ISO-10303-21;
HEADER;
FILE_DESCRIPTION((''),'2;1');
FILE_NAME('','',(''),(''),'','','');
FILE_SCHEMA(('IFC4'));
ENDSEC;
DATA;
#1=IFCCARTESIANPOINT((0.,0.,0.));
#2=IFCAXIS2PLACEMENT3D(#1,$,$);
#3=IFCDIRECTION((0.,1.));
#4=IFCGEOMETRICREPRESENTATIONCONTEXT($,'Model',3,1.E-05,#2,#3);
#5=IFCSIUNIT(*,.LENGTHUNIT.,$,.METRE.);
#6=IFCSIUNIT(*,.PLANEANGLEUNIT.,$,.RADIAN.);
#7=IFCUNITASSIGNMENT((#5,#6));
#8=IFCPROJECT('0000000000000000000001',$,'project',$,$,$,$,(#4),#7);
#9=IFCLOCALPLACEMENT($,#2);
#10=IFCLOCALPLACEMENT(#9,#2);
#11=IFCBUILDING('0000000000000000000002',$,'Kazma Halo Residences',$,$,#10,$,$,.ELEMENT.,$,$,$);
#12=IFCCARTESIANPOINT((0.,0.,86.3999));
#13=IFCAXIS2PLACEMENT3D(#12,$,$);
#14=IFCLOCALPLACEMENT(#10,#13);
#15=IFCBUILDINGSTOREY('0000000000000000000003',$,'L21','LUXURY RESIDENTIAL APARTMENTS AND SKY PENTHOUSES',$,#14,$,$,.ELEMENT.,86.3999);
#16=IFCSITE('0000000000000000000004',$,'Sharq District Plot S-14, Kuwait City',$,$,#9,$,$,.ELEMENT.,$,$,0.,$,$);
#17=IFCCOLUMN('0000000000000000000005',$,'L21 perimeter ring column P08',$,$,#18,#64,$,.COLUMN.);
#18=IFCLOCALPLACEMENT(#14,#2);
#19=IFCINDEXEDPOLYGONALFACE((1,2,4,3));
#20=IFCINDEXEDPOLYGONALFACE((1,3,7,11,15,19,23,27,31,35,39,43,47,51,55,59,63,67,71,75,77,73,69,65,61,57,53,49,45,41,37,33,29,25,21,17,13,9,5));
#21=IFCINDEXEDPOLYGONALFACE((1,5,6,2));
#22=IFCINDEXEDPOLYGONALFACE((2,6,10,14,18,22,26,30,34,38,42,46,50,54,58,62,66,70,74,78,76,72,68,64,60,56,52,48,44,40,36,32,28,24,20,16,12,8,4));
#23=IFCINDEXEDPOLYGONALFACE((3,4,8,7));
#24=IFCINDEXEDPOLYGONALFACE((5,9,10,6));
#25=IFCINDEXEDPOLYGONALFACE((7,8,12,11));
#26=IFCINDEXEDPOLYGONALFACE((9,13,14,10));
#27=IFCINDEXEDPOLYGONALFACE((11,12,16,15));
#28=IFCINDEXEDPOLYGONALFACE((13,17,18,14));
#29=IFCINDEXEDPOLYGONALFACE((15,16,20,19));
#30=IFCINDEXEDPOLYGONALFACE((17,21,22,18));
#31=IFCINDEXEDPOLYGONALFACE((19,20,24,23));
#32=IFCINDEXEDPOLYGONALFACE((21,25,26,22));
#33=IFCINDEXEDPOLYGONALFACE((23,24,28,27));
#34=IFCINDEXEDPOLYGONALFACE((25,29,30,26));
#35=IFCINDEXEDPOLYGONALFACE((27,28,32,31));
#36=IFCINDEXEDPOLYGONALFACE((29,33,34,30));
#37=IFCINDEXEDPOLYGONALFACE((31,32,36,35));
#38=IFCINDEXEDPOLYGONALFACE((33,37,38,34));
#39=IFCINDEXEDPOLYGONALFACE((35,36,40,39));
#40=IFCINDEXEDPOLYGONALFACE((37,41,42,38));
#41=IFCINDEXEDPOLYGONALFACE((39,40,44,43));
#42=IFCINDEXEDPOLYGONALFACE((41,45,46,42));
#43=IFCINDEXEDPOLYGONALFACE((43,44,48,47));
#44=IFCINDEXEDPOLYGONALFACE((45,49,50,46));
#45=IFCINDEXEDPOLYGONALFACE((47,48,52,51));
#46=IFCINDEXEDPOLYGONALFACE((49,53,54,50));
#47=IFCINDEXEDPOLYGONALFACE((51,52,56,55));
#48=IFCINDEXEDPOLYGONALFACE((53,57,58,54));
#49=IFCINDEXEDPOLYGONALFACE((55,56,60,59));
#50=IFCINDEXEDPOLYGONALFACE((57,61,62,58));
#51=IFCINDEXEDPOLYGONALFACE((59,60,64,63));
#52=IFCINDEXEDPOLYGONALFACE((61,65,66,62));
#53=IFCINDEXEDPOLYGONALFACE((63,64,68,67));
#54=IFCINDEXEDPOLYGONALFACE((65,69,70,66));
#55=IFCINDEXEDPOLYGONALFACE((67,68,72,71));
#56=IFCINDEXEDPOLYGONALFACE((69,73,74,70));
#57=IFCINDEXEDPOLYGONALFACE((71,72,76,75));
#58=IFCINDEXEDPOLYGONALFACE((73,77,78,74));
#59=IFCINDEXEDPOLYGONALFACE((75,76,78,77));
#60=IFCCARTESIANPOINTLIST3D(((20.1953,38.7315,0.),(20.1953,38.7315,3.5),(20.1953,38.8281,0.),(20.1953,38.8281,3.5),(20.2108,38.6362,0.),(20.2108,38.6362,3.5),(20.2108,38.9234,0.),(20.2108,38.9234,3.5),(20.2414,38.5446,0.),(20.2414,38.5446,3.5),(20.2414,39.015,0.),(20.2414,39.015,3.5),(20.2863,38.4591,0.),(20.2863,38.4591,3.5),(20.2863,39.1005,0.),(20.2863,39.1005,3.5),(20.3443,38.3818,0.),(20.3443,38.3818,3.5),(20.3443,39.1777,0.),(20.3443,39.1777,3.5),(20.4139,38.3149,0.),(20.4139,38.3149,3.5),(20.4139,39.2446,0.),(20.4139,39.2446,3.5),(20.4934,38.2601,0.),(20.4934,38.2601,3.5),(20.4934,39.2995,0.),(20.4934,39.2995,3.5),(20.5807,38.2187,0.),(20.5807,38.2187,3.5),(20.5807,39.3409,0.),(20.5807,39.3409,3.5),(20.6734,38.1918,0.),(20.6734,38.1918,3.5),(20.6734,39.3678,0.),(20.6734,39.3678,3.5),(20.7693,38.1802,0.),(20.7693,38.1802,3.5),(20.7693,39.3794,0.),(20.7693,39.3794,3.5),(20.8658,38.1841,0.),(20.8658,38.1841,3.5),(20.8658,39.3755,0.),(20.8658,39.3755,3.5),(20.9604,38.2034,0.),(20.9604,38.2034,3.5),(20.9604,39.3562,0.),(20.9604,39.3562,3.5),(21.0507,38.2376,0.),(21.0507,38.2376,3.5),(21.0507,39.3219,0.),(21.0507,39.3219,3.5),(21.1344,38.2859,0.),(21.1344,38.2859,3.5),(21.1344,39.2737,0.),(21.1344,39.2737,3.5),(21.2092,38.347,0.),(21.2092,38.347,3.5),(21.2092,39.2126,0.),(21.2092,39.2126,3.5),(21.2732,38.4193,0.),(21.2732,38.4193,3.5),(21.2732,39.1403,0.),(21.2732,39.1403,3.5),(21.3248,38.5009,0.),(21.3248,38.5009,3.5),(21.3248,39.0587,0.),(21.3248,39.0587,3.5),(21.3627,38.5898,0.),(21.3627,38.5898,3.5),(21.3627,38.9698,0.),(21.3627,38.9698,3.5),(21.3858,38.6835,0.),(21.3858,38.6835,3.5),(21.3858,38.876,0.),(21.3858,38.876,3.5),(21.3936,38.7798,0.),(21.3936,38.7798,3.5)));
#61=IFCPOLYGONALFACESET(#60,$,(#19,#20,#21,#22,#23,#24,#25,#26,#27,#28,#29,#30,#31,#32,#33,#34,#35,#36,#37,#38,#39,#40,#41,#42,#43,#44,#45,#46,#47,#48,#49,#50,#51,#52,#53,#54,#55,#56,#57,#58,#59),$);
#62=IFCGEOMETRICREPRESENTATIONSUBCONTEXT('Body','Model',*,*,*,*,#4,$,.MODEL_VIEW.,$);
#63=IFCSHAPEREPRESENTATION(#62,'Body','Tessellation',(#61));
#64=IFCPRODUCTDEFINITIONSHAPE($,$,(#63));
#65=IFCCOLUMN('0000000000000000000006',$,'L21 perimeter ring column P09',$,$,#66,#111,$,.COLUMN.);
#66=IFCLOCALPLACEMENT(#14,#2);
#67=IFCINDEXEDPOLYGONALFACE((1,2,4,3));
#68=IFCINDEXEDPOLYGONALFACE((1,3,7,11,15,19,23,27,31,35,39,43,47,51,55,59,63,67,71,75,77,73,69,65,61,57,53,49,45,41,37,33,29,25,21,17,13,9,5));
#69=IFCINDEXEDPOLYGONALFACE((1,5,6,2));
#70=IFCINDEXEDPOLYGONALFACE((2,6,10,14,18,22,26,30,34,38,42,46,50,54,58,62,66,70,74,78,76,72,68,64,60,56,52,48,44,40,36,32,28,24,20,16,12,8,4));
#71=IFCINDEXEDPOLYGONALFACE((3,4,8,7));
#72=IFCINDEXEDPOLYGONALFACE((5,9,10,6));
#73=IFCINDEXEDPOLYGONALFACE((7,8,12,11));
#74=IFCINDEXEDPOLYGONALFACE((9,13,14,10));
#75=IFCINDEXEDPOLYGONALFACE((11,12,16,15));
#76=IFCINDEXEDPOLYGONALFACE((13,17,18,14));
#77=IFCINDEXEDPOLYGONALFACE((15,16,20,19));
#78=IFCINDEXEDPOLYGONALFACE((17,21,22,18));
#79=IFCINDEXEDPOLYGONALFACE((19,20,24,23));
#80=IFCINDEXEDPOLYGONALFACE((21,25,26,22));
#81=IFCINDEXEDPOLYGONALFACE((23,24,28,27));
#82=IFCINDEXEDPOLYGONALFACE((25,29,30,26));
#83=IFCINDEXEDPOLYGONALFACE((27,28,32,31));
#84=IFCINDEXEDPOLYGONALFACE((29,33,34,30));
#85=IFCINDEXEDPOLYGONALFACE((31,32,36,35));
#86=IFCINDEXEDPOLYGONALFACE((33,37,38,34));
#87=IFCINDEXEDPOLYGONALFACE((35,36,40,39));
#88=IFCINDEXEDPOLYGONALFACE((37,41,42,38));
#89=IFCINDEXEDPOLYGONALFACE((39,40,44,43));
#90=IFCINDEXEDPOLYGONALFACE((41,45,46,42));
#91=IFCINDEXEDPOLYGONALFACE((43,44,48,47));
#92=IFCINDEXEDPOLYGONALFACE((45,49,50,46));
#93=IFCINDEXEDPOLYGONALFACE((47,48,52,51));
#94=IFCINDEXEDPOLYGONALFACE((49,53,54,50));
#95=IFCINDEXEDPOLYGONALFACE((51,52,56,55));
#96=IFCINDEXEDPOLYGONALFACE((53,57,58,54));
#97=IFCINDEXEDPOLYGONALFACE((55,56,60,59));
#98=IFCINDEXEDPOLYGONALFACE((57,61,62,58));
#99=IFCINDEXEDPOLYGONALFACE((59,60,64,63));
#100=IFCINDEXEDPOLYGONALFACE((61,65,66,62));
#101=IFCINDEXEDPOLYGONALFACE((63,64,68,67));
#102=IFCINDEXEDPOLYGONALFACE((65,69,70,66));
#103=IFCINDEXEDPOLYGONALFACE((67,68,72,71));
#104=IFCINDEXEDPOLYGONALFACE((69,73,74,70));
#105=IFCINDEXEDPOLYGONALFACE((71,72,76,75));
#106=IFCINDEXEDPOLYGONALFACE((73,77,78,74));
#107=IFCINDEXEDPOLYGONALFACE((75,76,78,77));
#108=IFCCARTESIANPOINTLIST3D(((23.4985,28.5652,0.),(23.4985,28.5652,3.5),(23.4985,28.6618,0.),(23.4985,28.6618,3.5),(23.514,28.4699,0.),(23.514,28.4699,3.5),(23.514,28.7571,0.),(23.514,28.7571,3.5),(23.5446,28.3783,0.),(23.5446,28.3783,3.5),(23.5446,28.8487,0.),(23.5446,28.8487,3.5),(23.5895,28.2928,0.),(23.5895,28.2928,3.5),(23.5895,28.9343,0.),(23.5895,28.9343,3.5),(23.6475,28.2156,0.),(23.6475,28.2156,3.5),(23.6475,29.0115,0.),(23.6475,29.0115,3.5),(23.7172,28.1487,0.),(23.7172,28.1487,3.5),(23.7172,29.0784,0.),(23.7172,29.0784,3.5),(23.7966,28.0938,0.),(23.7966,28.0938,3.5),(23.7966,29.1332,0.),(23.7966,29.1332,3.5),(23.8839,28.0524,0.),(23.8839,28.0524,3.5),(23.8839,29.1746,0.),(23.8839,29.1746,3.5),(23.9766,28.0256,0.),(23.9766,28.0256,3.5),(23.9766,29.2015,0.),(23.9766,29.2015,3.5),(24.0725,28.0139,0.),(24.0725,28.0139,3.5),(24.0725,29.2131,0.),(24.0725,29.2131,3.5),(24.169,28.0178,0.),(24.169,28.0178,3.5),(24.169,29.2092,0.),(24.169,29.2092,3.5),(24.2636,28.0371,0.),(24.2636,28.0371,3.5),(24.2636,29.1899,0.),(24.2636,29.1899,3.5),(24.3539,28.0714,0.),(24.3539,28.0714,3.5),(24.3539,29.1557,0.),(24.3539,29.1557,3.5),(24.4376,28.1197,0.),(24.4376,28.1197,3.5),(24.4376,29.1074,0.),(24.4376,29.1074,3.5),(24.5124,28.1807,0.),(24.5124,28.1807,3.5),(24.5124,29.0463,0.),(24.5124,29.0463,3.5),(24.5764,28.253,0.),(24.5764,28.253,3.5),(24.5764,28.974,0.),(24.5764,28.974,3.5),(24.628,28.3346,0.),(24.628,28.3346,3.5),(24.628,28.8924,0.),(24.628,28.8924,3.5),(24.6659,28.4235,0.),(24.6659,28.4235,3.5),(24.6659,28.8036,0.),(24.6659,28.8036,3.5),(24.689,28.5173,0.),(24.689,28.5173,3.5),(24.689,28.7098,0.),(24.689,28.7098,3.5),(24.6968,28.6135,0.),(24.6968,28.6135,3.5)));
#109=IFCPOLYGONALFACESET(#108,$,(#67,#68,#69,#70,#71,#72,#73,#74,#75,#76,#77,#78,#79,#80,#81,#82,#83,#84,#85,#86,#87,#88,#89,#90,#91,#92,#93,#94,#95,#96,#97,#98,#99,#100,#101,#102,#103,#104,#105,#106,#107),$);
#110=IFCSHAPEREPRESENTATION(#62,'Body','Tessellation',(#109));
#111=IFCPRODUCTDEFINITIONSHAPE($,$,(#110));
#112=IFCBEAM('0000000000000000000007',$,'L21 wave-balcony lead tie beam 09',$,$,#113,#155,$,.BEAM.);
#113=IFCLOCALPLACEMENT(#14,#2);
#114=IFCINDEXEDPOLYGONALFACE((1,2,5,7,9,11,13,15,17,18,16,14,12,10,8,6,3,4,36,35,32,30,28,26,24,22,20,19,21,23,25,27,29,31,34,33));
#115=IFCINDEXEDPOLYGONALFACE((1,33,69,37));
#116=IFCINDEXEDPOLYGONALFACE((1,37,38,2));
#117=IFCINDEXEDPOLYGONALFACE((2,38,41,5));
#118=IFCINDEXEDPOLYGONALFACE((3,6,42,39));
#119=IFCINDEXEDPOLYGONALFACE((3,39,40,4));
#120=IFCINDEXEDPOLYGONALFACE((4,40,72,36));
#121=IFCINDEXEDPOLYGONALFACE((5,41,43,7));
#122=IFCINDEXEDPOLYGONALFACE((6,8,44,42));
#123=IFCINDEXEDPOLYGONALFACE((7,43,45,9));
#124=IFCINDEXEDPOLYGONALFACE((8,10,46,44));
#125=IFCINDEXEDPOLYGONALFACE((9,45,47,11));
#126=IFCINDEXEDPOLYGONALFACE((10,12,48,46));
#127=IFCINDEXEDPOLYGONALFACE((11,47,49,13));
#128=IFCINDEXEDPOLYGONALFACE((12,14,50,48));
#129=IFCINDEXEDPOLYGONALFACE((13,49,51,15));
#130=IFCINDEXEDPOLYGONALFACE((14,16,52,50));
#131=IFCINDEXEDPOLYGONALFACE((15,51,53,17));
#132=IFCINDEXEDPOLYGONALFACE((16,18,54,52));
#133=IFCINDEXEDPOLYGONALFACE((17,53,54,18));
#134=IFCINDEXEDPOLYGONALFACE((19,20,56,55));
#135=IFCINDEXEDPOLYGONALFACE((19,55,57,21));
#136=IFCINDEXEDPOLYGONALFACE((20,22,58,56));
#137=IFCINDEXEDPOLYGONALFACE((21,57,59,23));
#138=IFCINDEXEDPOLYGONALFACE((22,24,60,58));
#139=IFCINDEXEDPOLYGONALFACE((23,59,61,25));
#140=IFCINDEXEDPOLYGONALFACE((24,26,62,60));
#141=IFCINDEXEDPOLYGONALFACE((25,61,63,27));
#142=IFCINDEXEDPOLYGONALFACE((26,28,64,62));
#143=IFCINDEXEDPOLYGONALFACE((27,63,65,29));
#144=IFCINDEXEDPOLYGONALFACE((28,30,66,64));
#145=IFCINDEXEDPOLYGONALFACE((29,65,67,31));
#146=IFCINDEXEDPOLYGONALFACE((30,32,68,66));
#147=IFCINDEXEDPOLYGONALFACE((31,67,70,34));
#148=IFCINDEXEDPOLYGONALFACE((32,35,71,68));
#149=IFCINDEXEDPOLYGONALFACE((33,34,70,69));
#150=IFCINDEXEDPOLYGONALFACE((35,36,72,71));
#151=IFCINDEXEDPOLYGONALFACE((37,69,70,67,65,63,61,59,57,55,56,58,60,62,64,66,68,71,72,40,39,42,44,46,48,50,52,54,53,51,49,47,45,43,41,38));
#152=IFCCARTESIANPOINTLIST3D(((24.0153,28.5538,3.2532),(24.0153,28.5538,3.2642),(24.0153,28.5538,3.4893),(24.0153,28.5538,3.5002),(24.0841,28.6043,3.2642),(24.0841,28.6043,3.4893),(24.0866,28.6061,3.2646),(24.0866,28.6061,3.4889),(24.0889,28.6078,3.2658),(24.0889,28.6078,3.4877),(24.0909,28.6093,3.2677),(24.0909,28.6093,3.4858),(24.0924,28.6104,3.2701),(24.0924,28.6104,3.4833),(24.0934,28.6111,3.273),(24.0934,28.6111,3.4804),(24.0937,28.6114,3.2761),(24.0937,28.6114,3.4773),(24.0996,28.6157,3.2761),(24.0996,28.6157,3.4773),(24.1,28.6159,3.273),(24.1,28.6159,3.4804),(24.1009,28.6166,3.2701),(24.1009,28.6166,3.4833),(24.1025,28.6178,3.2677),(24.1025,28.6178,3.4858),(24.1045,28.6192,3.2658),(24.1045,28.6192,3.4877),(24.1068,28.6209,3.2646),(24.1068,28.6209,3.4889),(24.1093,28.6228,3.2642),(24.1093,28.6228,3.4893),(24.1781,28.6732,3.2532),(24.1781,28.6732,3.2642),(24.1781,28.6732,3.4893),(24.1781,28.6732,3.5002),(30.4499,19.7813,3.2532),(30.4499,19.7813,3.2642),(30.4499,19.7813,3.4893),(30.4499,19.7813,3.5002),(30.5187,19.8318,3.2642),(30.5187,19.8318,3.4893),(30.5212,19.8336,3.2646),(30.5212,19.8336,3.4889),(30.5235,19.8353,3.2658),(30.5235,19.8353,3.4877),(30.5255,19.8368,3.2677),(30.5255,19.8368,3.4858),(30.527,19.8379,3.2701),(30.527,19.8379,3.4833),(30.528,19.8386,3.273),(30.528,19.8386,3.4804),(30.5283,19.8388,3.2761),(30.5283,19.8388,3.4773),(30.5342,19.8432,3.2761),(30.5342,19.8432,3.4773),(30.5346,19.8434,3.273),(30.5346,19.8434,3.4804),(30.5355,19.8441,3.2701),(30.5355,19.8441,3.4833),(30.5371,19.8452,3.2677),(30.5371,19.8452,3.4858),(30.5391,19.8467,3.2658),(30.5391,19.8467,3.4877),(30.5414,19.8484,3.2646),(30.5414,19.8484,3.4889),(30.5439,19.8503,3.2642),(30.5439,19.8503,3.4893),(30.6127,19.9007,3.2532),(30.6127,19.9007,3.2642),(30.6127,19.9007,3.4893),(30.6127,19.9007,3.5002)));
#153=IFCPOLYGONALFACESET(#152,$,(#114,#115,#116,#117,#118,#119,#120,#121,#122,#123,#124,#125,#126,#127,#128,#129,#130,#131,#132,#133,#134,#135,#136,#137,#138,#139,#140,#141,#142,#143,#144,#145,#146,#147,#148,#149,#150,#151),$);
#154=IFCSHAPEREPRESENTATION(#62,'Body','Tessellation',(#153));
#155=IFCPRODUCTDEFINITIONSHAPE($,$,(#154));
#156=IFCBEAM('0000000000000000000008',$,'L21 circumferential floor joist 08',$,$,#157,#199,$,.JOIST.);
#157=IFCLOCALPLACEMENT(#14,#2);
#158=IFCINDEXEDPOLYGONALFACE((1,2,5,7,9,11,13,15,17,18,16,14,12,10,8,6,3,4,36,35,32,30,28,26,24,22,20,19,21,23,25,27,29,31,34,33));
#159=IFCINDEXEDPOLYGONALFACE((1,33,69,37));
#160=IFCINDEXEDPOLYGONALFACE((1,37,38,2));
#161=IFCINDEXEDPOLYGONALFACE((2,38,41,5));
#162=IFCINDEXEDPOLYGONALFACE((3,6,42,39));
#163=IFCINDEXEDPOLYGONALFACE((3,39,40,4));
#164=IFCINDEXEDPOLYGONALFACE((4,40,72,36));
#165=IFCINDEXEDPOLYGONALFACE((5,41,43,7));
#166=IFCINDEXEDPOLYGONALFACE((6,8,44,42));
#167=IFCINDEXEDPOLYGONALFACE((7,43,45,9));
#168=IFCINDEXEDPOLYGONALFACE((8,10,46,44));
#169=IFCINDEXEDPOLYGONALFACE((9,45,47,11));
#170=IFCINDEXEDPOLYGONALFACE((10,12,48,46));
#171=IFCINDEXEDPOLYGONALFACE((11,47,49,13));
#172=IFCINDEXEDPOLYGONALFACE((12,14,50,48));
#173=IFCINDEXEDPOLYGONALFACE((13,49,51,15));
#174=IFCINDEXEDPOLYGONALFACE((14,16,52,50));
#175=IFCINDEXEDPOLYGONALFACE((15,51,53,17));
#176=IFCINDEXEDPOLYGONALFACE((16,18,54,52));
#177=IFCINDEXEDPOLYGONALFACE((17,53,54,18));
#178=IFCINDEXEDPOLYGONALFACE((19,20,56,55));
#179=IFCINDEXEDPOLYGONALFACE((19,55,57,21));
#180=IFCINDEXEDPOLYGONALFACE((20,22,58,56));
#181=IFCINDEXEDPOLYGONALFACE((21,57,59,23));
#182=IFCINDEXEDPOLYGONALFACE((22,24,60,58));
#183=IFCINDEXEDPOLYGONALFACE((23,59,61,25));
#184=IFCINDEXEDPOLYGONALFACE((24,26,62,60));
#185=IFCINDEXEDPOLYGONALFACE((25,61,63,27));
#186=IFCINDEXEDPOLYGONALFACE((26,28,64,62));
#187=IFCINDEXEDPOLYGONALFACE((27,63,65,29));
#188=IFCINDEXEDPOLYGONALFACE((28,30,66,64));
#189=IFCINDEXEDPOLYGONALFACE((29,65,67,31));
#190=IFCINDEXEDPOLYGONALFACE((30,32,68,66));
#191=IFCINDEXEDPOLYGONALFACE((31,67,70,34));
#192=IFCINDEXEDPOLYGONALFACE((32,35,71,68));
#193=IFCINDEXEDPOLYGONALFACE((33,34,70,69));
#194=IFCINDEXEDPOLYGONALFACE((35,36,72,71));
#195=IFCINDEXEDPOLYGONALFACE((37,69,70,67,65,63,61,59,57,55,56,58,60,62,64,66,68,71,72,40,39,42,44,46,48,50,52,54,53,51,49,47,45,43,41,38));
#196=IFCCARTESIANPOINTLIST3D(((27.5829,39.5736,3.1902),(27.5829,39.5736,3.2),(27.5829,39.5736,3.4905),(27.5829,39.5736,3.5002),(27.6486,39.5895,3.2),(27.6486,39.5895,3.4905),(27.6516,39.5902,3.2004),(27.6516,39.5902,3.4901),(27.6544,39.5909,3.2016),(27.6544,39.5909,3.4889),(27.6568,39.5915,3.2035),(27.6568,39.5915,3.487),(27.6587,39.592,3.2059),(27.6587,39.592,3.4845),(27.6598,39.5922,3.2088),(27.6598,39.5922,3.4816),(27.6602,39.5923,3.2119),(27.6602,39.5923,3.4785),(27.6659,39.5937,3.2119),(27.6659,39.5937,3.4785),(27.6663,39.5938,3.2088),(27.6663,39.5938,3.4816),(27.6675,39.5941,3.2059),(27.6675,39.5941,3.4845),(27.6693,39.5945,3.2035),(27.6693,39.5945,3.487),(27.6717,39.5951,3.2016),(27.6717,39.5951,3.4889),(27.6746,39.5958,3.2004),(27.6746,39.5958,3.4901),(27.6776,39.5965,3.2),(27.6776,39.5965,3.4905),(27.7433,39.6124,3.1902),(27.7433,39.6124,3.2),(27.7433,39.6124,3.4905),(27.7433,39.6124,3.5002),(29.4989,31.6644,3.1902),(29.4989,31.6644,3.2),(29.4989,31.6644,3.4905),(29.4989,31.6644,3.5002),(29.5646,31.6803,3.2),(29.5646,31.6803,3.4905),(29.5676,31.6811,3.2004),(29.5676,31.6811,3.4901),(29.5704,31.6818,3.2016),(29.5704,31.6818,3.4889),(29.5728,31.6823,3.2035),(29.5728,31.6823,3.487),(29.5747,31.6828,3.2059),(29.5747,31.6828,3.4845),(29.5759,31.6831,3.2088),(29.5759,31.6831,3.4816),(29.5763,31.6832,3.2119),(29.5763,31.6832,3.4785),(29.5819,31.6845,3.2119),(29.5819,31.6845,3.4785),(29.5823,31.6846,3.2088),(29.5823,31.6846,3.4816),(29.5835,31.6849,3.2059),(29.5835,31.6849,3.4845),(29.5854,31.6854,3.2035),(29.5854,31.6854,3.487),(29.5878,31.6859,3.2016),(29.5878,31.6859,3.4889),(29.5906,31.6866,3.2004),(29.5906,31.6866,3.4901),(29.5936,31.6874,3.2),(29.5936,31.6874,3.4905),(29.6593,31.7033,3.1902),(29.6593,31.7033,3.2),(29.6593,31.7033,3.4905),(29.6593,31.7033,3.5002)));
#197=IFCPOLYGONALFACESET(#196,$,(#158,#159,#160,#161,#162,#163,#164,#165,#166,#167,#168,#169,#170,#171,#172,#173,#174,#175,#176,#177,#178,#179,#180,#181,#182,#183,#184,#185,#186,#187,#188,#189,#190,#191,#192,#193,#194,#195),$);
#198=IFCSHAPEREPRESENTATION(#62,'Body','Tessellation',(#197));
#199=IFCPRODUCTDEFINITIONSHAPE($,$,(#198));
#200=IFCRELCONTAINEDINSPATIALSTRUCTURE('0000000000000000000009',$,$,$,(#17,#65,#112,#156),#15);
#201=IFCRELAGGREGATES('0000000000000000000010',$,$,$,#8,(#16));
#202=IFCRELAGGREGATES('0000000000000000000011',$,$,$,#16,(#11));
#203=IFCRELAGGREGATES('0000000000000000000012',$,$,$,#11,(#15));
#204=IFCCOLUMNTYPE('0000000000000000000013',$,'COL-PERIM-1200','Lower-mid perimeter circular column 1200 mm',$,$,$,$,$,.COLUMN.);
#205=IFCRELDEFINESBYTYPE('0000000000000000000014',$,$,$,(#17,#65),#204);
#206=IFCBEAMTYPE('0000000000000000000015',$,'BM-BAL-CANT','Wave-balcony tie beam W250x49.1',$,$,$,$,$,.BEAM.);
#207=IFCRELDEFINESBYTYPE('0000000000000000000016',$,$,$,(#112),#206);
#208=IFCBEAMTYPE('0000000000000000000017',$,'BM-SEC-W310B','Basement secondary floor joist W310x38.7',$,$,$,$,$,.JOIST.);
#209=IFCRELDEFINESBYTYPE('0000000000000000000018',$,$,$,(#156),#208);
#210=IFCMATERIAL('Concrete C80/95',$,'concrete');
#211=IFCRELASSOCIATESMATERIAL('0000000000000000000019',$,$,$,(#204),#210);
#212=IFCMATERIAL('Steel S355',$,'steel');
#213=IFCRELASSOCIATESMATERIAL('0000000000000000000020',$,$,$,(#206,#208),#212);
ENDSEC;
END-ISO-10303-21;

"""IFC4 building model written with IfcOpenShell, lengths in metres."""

from ifc_helpers import new_model, si_unit, direction, frame, origin, origin_2d, place, context, subcontext, project, spatial, circle, i_section, extrude, material, material_profile, profile_set, type_object, element, save


model = new_model("IFC4")

# Units and contexts
model_context = context("Model", 3, precision=1e-05, world=origin(), true_north=direction((0.0, 1.0)))
body_context = subcontext(model_context, "Body", "Model", "MODEL_VIEW")
ifc_project = project(units=[si_unit("LENGTHUNIT", "METRE"), si_unit("PLANEANGLEUNIT", "RADIAN")], contexts=[model_context])

# Site, building, storey
site_placement = place(None, origin())
site = spatial("IfcSite", under=ifc_project, at=site_placement, Name="Sharq District Plot S-14, Kuwait City", CompositionType="ELEMENT", RefElevation=0.0)
building_placement = place(site_placement, origin())
building = spatial("IfcBuilding", under=site, at=building_placement, Name="Kazma Halo Residences", CompositionType="ELEMENT")
storey_placement = place(building_placement, frame((0.0, 0.0, 86.3999)))
storey = spatial("IfcBuildingStorey", under=building, at=storey_placement, Name="L21", Description="LUXURY RESIDENTIAL APARTMENTS AND SKY PENTHOUSES", CompositionType="ELEMENT", Elevation=86.3999)

# Columns
ifc_material_1 = material(Name="Concrete C80/95", Category="concrete")
ifc_material_profile_1 = material_profile(ifc_material_1, circle(Radius=0.6001, at=origin_2d()), Name="CIRC1200")
ifc_profile_set_1 = profile_set([ifc_material_profile_1], Name="Concrete C80/95")
column_type = type_object("IfcColumnType", Name="COL-PERIM-1200", Description="Lower-mid perimeter circular column 1200 mm", PredefinedType="COLUMN", material=ifc_profile_set_1)
for number, where, z_axis, x_axis, name in (
    (1, (20.7935, 38.7798, 0.0), (0.0, 0.0, 1.0), (1.0, 0.0, 0.0), "L21 perimeter ring column P08"),
    (2, (24.0967, 28.6135, 0.0), (0.0, 0.0, 1.0), (1.0, 0.0, 0.0), "L21 perimeter ring column P09"),
):
    element("IfcColumn", number, at=place(storey_placement, frame(where, z_axis=z_axis, x_axis=x_axis)), inside=storey, type_object=column_type, Name=name, PredefinedType="COLUMN", context=body_context, shape_type="SweptSolid", body=[
        extrude(circle(Radius=0.6001, at=origin_2d()), origin(), (0.0, 0.0, 1.0), 3.5),
    ])

# Beams
ifc_material_2 = material(Name="Steel S355", Category="steel")
ifc_material_profile_2 = material_profile(ifc_material_2, i_section(OverallWidth=0.2019, OverallDepth=0.2471, WebThickness=0.0073, FlangeThickness=0.011, FilletRadius=0.012, at=origin_2d()), Name="W250x49.1")
ifc_profile_set_2 = profile_set([ifc_material_profile_2], Name="Steel S355")
beam_type_1 = type_object("IfcBeamType", Name="BM-BAL-CANT", Description="Wave-balcony tie beam W250x49.1", PredefinedType="BEAM", material=ifc_profile_set_2)
beam_1_placement = place(storey_placement, frame((24.0967, 28.6135, 3.3767), z_axis=(0.591449, -0.806342, 0.0), x_axis=(0.806342, 0.591449, 0.0)))
element("IfcBeam", 3, at=beam_1_placement, inside=storey, type_object=beam_type_1, Name="L21 wave-balcony lead tie beam 09", PredefinedType="BEAM", context=body_context, shape_type="SweptSolid", body=[
    extrude(i_section(OverallWidth=0.2019, OverallDepth=0.2471, WebThickness=0.0073, FlangeThickness=0.011, FilletRadius=0.012, at=origin_2d()), origin(), (0.0, 0.0, 1.0), 10.8794),
])
ifc_material_profile_3 = material_profile(ifc_material_2, i_section(OverallWidth=0.165, OverallDepth=0.3101, WebThickness=0.0059, FlangeThickness=0.0098, FilletRadius=0.012, at=origin_2d()), Name="W310x38.7")
ifc_profile_set_3 = profile_set([ifc_material_profile_3], Name="Steel S355")
beam_type_2 = type_object("IfcBeamType", Name="BM-SEC-W310B", Description="Basement secondary floor joist W310x38.7", PredefinedType="JOIST", material=ifc_profile_set_3)
beam_2_placement = place(storey_placement, frame((27.6631, 39.593, 3.3452), z_axis=(0.235442, -0.971888, 0.0), x_axis=(0.971888, 0.235442, 0.0)))
element("IfcBeam", 4, at=beam_2_placement, inside=storey, type_object=beam_type_2, Name="L21 circumferential floor joist 08", PredefinedType="JOIST", context=body_context, shape_type="SweptSolid", body=[
    extrude(i_section(OverallWidth=0.165, OverallDepth=0.3101, WebThickness=0.0059, FlangeThickness=0.0098, FilletRadius=0.012, at=origin_2d()), origin(), (0.0, 0.0, 1.0), 8.1379),
])

save(model, "model.ifc")
